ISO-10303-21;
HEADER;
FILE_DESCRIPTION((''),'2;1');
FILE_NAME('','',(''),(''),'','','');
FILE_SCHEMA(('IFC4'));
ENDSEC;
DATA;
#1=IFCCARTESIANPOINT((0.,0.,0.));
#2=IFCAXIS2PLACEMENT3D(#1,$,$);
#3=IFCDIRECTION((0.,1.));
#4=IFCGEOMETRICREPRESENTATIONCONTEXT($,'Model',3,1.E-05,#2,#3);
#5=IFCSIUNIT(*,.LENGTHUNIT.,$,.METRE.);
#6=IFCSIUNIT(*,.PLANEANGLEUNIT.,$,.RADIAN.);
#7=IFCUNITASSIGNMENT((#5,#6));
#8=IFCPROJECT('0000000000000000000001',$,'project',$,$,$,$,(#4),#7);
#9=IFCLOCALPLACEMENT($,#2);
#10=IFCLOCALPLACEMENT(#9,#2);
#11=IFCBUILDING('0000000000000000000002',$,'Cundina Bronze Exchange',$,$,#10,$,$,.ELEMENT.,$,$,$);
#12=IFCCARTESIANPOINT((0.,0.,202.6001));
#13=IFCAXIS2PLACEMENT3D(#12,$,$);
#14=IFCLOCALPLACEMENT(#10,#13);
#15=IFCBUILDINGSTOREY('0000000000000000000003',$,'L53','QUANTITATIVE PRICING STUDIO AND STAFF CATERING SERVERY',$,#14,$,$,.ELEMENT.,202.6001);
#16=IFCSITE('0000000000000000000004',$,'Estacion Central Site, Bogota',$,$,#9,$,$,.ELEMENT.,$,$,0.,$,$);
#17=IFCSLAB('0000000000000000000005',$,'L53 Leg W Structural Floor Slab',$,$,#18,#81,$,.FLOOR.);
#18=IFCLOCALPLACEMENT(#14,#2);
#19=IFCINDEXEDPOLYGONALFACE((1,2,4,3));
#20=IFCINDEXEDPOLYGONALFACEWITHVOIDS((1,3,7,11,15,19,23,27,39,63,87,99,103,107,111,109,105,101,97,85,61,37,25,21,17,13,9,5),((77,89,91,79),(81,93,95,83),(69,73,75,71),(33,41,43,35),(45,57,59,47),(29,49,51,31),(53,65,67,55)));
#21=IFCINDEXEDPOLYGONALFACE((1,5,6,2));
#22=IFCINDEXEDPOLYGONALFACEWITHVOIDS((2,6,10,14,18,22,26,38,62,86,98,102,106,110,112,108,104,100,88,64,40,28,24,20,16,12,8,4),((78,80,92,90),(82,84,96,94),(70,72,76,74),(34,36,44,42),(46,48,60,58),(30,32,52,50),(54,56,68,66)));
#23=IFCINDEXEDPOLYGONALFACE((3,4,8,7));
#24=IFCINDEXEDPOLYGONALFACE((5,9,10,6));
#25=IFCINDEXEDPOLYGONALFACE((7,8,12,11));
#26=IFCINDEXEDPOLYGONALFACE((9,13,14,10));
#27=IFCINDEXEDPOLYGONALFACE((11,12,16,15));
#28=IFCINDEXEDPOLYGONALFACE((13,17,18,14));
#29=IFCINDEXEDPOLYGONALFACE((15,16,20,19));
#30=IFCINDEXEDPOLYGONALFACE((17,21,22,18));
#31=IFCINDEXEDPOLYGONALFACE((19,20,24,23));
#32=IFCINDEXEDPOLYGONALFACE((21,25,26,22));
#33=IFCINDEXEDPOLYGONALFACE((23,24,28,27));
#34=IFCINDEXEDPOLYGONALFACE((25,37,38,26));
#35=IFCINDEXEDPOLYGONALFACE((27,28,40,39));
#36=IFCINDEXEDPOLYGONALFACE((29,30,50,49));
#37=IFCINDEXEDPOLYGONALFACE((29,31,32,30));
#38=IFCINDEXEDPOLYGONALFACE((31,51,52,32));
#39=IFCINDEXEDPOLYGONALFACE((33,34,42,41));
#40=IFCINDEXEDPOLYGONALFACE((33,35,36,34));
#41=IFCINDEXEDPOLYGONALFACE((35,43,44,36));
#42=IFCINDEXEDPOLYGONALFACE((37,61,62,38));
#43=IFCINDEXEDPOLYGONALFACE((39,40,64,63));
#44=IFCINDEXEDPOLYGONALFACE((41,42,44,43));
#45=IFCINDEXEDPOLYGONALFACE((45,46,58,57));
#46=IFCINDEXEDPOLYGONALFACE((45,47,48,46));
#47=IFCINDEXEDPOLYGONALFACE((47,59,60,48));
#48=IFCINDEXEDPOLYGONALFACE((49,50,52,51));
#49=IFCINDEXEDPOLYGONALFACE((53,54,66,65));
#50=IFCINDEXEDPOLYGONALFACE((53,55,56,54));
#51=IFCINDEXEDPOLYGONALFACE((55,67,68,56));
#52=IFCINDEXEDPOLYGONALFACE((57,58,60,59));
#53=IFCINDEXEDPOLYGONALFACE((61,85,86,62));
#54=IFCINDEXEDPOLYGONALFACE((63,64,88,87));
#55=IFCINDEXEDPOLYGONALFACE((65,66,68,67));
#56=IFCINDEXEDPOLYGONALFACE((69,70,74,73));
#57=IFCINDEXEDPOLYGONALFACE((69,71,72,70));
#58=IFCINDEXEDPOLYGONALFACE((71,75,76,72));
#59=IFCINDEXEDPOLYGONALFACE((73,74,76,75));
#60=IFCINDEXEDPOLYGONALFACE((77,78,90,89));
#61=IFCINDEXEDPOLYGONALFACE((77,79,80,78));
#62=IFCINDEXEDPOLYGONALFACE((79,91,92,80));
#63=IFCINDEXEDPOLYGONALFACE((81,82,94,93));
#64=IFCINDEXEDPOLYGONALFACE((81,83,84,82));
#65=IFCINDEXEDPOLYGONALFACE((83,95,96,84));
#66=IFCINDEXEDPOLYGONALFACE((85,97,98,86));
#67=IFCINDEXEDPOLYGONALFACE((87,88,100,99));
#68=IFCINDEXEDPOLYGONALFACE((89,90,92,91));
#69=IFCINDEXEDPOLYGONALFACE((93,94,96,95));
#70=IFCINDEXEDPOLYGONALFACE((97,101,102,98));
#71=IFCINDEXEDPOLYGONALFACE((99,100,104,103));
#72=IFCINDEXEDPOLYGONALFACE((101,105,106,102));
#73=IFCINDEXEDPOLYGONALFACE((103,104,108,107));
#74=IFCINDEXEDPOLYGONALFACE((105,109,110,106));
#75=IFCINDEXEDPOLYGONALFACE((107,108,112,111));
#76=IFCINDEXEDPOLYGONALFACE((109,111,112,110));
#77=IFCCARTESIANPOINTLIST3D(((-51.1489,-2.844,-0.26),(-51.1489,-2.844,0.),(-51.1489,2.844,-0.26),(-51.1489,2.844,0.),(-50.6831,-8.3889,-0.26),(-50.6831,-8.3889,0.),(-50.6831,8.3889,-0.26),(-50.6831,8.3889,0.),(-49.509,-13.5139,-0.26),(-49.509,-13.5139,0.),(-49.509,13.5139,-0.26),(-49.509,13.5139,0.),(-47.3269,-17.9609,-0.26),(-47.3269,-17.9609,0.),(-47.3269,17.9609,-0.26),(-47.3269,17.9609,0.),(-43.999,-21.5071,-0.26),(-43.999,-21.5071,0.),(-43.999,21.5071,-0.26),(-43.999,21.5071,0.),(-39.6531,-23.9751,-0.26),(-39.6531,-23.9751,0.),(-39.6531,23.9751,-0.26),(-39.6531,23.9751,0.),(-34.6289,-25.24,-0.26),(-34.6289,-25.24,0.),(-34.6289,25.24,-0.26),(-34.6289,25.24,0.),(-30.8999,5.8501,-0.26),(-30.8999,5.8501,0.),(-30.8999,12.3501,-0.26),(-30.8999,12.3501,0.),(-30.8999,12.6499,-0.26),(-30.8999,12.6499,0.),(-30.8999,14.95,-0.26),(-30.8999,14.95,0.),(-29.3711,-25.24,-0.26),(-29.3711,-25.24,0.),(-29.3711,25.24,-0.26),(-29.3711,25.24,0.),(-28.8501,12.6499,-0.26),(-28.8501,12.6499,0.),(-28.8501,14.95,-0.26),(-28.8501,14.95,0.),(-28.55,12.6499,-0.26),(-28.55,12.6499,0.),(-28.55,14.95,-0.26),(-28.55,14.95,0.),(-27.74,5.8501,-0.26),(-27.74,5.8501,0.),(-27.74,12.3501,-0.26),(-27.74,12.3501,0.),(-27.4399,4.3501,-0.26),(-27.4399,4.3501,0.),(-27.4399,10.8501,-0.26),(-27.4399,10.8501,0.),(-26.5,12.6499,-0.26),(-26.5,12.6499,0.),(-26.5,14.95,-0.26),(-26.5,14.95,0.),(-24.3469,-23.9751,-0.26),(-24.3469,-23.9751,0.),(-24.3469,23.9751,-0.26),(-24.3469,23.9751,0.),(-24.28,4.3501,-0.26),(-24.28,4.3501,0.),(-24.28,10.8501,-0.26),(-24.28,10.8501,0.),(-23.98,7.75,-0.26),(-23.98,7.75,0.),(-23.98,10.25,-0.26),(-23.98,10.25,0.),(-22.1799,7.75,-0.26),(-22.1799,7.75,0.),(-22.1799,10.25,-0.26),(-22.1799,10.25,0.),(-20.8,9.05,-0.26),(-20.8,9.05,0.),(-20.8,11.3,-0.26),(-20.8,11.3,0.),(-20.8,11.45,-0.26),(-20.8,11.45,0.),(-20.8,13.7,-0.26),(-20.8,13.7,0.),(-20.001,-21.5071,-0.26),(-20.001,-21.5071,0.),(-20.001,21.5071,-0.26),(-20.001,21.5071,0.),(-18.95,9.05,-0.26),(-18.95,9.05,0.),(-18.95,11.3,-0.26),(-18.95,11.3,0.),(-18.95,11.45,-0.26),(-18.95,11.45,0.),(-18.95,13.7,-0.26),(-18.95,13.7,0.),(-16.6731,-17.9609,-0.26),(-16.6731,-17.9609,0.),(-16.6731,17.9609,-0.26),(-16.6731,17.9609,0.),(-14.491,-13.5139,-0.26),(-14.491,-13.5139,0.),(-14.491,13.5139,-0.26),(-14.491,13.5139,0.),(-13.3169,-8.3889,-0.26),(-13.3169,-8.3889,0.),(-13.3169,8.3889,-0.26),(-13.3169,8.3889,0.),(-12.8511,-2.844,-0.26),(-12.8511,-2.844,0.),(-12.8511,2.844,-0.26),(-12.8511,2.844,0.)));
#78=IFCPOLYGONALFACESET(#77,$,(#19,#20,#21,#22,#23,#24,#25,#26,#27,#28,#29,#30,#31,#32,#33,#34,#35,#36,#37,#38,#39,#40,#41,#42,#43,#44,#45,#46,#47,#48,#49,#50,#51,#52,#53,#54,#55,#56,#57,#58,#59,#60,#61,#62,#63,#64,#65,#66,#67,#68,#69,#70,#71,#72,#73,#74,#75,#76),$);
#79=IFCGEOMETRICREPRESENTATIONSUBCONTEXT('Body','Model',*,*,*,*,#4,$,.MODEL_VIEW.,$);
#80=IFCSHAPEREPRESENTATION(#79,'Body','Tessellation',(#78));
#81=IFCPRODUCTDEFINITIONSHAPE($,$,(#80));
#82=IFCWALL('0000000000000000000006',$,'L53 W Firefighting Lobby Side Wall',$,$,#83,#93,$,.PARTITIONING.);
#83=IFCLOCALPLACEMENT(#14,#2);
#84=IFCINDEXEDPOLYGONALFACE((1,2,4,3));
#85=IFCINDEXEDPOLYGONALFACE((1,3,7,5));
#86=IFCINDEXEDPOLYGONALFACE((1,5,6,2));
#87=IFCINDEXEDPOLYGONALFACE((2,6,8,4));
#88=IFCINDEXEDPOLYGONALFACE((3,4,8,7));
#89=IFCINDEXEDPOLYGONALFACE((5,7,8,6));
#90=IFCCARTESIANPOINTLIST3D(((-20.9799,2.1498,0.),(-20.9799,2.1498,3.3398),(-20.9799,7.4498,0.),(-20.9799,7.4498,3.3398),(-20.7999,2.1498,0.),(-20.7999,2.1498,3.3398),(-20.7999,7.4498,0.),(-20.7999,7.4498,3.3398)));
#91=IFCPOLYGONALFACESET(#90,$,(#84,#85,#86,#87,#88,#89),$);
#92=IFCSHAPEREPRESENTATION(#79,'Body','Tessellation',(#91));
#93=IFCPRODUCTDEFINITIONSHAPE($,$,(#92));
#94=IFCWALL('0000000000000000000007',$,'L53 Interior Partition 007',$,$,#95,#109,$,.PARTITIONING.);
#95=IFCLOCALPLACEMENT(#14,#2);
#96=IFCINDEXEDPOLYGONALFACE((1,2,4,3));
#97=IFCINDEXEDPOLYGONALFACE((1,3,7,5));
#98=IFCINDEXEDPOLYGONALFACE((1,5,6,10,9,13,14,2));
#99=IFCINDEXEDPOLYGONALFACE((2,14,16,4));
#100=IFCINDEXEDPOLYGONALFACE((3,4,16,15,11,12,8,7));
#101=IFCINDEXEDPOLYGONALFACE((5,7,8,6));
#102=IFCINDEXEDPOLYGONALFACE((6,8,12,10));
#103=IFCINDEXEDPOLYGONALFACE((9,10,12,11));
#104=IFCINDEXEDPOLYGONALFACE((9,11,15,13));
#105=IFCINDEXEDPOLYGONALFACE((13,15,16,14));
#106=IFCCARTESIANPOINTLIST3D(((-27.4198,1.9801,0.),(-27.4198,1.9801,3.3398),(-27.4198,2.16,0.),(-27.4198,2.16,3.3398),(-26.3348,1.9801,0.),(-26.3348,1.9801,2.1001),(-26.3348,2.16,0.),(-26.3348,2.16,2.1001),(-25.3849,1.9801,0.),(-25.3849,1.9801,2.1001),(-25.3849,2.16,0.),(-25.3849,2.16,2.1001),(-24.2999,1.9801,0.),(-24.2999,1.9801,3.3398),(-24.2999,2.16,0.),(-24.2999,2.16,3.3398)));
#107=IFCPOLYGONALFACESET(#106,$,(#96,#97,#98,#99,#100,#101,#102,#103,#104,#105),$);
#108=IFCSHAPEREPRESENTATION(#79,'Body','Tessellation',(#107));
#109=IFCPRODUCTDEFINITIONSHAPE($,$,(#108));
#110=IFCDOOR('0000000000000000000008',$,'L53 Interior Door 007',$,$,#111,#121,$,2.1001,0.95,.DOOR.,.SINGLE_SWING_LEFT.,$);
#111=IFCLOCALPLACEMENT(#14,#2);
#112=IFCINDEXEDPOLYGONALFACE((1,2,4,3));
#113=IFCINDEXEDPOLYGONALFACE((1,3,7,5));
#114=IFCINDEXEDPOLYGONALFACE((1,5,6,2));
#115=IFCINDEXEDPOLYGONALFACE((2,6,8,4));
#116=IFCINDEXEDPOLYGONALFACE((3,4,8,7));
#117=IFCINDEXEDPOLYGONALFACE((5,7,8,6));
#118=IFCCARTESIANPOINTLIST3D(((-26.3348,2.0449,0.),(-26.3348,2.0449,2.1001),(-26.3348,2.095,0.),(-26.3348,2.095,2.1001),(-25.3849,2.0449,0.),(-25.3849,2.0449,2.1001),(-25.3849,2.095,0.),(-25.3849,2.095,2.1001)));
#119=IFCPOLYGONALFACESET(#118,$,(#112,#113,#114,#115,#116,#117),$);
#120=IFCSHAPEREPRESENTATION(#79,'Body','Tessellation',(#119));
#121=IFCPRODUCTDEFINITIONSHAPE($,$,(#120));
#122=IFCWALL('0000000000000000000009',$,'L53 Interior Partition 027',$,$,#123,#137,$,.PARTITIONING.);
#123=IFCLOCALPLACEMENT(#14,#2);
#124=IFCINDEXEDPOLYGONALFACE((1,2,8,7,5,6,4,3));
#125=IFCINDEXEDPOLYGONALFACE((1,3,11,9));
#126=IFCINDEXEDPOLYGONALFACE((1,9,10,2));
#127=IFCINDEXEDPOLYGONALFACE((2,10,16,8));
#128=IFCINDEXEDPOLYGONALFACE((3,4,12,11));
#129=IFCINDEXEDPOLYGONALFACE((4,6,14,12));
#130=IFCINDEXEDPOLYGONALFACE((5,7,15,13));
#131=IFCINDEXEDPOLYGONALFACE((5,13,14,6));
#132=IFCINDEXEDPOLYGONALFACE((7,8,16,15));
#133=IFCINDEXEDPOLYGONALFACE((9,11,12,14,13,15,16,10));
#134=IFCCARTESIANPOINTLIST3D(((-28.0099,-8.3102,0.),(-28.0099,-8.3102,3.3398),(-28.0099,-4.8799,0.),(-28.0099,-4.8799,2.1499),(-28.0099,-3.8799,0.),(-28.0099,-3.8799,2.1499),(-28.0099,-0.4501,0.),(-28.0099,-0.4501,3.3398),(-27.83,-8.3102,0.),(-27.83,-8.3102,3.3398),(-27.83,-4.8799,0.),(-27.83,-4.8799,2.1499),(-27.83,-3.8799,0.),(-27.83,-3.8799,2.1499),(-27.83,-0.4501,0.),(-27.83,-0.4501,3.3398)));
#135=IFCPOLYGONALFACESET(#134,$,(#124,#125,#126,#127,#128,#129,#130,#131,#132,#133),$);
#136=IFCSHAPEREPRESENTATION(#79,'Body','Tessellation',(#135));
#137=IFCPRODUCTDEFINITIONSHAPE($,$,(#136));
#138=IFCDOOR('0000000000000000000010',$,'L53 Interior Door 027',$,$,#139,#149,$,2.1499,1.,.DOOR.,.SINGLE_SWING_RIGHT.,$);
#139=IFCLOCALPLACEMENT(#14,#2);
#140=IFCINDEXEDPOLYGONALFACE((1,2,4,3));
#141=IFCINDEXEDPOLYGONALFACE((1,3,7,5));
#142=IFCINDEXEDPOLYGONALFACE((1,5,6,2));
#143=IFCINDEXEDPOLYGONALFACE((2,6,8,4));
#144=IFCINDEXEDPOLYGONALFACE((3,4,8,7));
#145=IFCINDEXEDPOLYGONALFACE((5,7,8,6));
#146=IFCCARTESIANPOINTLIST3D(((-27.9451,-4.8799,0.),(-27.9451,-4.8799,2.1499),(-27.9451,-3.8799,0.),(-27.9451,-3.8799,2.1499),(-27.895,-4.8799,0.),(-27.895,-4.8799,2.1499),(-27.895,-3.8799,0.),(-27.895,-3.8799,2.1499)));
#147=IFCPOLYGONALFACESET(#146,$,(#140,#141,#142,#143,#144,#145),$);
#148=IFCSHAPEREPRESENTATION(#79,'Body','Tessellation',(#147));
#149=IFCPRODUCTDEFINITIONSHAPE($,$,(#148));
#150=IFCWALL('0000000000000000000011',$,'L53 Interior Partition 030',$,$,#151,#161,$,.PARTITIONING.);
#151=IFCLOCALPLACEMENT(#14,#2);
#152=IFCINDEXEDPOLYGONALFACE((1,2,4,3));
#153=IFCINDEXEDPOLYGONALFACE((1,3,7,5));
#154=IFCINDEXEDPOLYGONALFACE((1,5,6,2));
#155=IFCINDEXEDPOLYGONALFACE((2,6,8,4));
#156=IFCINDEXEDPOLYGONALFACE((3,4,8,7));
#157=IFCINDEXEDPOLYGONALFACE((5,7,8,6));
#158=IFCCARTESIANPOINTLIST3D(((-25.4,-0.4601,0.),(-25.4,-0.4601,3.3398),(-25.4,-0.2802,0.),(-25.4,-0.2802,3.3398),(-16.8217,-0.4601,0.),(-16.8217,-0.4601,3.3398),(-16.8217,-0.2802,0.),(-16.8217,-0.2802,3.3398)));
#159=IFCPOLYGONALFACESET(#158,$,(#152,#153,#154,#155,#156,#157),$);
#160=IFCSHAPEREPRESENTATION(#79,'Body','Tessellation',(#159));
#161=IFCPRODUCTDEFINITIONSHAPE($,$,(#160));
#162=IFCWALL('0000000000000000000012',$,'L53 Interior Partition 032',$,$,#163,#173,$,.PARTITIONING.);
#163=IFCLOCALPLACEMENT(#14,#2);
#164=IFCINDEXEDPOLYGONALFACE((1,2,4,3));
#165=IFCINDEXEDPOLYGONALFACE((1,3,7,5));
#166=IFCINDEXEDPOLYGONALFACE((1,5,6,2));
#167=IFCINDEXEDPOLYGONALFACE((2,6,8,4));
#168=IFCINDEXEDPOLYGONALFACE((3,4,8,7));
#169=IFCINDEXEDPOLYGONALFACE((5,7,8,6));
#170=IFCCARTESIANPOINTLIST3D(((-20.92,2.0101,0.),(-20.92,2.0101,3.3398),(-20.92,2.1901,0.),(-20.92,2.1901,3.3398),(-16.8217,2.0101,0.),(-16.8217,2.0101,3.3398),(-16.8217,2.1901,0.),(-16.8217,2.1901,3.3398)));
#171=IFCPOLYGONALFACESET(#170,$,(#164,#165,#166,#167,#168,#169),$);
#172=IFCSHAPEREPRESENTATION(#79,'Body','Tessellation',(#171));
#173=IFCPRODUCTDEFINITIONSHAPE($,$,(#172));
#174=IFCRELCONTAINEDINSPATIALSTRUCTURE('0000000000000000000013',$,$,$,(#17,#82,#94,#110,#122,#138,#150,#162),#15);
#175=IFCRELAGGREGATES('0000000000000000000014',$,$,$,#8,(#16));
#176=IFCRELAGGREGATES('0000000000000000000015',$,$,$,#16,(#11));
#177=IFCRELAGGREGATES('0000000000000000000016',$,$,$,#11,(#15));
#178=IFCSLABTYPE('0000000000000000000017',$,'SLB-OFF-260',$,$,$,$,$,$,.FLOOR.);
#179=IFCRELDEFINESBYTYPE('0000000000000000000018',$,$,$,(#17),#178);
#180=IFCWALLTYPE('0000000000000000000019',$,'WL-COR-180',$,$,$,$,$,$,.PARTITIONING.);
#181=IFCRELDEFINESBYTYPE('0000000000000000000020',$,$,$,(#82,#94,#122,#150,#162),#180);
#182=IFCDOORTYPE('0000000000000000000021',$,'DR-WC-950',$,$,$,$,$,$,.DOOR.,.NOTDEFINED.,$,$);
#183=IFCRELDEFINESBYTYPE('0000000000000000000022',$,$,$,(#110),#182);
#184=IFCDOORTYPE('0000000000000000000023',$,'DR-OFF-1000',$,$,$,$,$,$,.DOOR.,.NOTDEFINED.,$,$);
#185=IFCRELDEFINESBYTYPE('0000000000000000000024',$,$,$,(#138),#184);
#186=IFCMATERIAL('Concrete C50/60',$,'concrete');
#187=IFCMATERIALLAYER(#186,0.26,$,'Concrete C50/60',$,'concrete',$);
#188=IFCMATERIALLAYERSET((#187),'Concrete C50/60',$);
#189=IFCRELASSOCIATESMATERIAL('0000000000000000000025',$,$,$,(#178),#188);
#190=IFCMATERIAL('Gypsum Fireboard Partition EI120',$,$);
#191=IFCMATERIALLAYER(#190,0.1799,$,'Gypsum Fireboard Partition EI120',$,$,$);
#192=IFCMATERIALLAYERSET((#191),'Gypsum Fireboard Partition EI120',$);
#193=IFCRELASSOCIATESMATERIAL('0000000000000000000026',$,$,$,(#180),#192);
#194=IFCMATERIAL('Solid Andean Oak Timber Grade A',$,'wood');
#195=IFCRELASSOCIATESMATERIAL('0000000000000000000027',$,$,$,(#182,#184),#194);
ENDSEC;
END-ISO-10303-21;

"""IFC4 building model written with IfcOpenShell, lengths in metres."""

from ifc_helpers import new_model, si_unit, direction, frame, frame_2d, origin, place, context, subcontext, project, spatial, polyline, rectangle, outline, extrude, material, layer, layer_set, type_object, element, fill, save


model = new_model("IFC4")

# Units and contexts
model_context = context("Model", 3, precision=1e-05, world=origin(), true_north=direction((0.0, 1.0)))
body_context = subcontext(model_context, "Body", "Model", "MODEL_VIEW")
ifc_project = project(units=[si_unit("LENGTHUNIT", "METRE"), si_unit("PLANEANGLEUNIT", "RADIAN")], contexts=[model_context])

# Site, building, storey
site_placement = place(None, origin())
site = spatial("IfcSite", under=ifc_project, at=site_placement, Name="Estacion Central Site, Bogota", CompositionType="ELEMENT", RefElevation=0.0)
building_placement = place(site_placement, origin())
building = spatial("IfcBuilding", under=site, at=building_placement, Name="Cundina Bronze Exchange", CompositionType="ELEMENT")
storey_placement = place(building_placement, frame((0.0, 0.0, 202.6001)))
storey = spatial("IfcBuildingStorey", under=building, at=storey_placement, Name="L53", Description="QUANTITATIVE PRICING STUDIO AND STAFF CATERING SERVERY", CompositionType="ELEMENT", Elevation=202.6001)

# Shared definitions
ifc_material_1 = material(Name="Concrete C50/60", Category="concrete")

# Slab
ifc_layer_1 = layer(ifc_material_1, 0.26, Name="Concrete C50/60", Category="concrete")
ifc_layer_set_1 = layer_set([ifc_layer_1], Name="Concrete C50/60")
slab_type = type_object("IfcSlabType", Name="SLB-OFF-260", PredefinedType="FLOOR", material=ifc_layer_set_1)
slab_placement = place(storey_placement, frame((0.0, 0.0, -0.26)))
element("IfcSlab", 1, at=slab_placement, inside=storey, type_object=slab_type, Name="L53 Leg W Structural Floor Slab", PredefinedType="FLOOR", context=body_context, shape_type="SweptSolid", body=[
    extrude(outline(polyline([(-12.8511, 2.844), (-13.3169, 8.3889), (-14.491, 13.5139), (-16.6731, 17.9609), (-20.001, 21.5071), (-24.3469, 23.9751), (-29.3711, 25.24), (-34.6289, 25.24), (-39.6531, 23.9751), (-43.999, 21.5071), (-47.3269, 17.9609), (-49.509, 13.5139), (-50.6831, 8.3889), (-51.1489, 2.844), (-51.1489, -2.844), (-50.6831, -8.3889), (-49.509, -13.5139), (-47.3269, -17.9609), (-43.999, -21.5071), (-39.6531, -23.9751), (-34.6289, -25.24), (-29.3711, -25.24), (-24.3469, -23.9751), (-20.001, -21.5071), (-16.6731, -17.9609), (-14.491, -13.5139), (-13.3169, -8.3889), (-12.8511, -2.844), (-12.8511, 2.844)]), holes=[polyline([(-27.74, 5.8501), (-27.74, 12.3501), (-30.8999, 12.3501), (-30.8999, 5.8501), (-27.74, 5.8501)]), polyline([(-27.4399, 10.8501), (-27.4399, 4.3501), (-24.28, 4.3501), (-24.28, 10.8501), (-27.4399, 10.8501)]), polyline([(-23.98, 10.25), (-22.1799, 10.25), (-22.1799, 7.75), (-23.98, 7.75), (-23.98, 10.25)]), polyline([(-30.8999, 14.95), (-28.8501, 14.95), (-28.8501, 12.6499), (-30.8999, 12.6499), (-30.8999, 14.95)]), polyline([(-28.55, 14.95), (-26.5, 14.95), (-26.5, 12.6499), (-28.55, 12.6499), (-28.55, 14.95)]), polyline([(-20.8, 13.7), (-18.95, 13.7), (-18.95, 11.45), (-20.8, 11.45), (-20.8, 13.7)]), polyline([(-20.8, 11.3), (-18.95, 11.3), (-18.95, 9.05), (-20.8, 9.05), (-20.8, 11.3)])]), origin(), (0.0, 0.0, 1.0), 0.26),
])

# Wall
ifc_material_2 = material(Name="Gypsum Fireboard Partition EI120")
ifc_layer_2 = layer(ifc_material_2, 0.1799, Name="Gypsum Fireboard Partition EI120")
ifc_layer_set_2 = layer_set([ifc_layer_2], Name="Gypsum Fireboard Partition EI120")
wall_type_1 = type_object("IfcWallType", Name="WL-COR-180", PredefinedType="PARTITIONING", material=ifc_layer_set_2)
wall_1_placement = place(storey_placement, frame((-20.8899, 2.1499, 0.0), z_axis=(0.0, 0.0, 1.0), x_axis=(0.0, 1.0, 0.0)))
element("IfcWall", 2, at=wall_1_placement, inside=storey, type_object=wall_type_1, Name="L53 W Firefighting Lobby Side Wall", PredefinedType="PARTITIONING", context=body_context, shape_type="SweptSolid", body=[
    extrude(rectangle(XDim=5.3, YDim=0.1799, at=frame_2d((2.6499, 0.0))), origin(), (0.0, 0.0, 1.0), 3.3398),
])

# Walls, openings, doors
wall_2_placement = place(storey_placement, frame((-27.4199, 2.0701, 0.0), z_axis=(0.0, 0.0, 1.0), x_axis=(1.0, 0.0, 0.0)))
wall_2 = element("IfcWall", 3, at=wall_2_placement, inside=storey, type_object=wall_type_1, Name="L53 Interior Partition 007", PredefinedType="PARTITIONING", context=body_context, shape_type="SweptSolid", body=[
    extrude(rectangle(XDim=3.1199, YDim=0.1799, at=frame_2d((1.5601, 0.0))), origin(), (0.0, 0.0, 1.0), 3.3398),
])
opening_1_placement = place(wall_2_placement, frame((1.085, 0.0, 0.0)))
opening_1 = element("IfcOpeningElement", 4, at=opening_1_placement, cuts=wall_2, PredefinedType="OPENING", context=body_context, shape_type="SweptSolid", body=[
    extrude(rectangle(XDim=0.95, YDim=2.1001, at=frame_2d((0.4751, 1.05))), frame((0.0, 0.0999, 0.0), z_axis=(0.0, -1.0, 0.0), x_axis=(1.0, 0.0, 0.0)), (0.0, 0.0, 1.0), 0.2),
])
ifc_material_3 = material(Name="Solid Andean Oak Timber Grade A", Category="wood")
door_type_1 = type_object("IfcDoorType", Name="DR-WC-950", OperationType="NOTDEFINED", PredefinedType="DOOR", material=ifc_material_3)
door_1_placement = place(opening_1_placement, origin())
door_1 = element("IfcDoor", 5, at=door_1_placement, inside=storey, type_object=door_type_1, Name="L53 Interior Door 007", OperationType="SINGLE_SWING_LEFT", OverallHeight=2.1001, OverallWidth=0.95, PredefinedType="DOOR", context=body_context, shape_type="SweptSolid", body=[
    extrude(rectangle(XDim=0.95, YDim=2.1001, at=frame_2d((0.4751, 1.05))), frame((0.0, 0.0249, 0.0), z_axis=(0.0, -1.0, 0.0), x_axis=(1.0, 0.0, 0.0)), (0.0, 0.0, 1.0), 0.05),
])
fill(opening_1, door_1)
wall_3_placement = place(storey_placement, frame((-27.9199, -0.45, 0.0), z_axis=(0.0, 0.0, 1.0), x_axis=(0.0, -1.0, 0.0)))
wall_3 = element("IfcWall", 6, at=wall_3_placement, inside=storey, type_object=wall_type_1, Name="L53 Interior Partition 027", PredefinedType="PARTITIONING", context=body_context, shape_type="SweptSolid", body=[
    extrude(rectangle(XDim=7.8601, YDim=0.1799, at=frame_2d((3.9302, 0.0))), origin(), (0.0, 0.0, 1.0), 3.3398),
])
opening_2_placement = place(wall_3_placement, frame((3.4299, 0.0, 0.0)))
opening_2 = element("IfcOpeningElement", 7, at=opening_2_placement, cuts=wall_3, PredefinedType="OPENING", context=body_context, shape_type="SweptSolid", body=[
    extrude(rectangle(XDim=1.0, YDim=2.1499, at=frame_2d((0.5, 1.075))), frame((0.0, 0.0999, 0.0), z_axis=(0.0, -1.0, 0.0), x_axis=(1.0, 0.0, 0.0)), (0.0, 0.0, 1.0), 0.2),
])
door_type_2 = type_object("IfcDoorType", Name="DR-OFF-1000", OperationType="NOTDEFINED", PredefinedType="DOOR", material=ifc_material_3)
door_2_placement = place(opening_2_placement, origin())
door_2 = element("IfcDoor", 8, at=door_2_placement, inside=storey, type_object=door_type_2, Name="L53 Interior Door 027", OperationType="SINGLE_SWING_RIGHT", OverallHeight=2.1499, OverallWidth=1.0, PredefinedType="DOOR", context=body_context, shape_type="SweptSolid", body=[
    extrude(rectangle(XDim=1.0, YDim=2.1499, at=frame_2d((0.5, 1.075))), frame((0.0, 0.0249, 0.0), z_axis=(0.0, -1.0, 0.0), x_axis=(1.0, 0.0, 0.0)), (0.0, 0.0, 1.0), 0.05),
])
fill(opening_2, door_2)

# Walls
wall_4_placement = place(storey_placement, frame((-25.3999, -0.3701, 0.0), z_axis=(0.0, 0.0, 1.0), x_axis=(1.0, 0.0, 0.0)))
element("IfcWall", 9, at=wall_4_placement, inside=storey, type_object=wall_type_1, Name="L53 Interior Partition 030", PredefinedType="PARTITIONING", context=body_context, shape_type="SweptSolid", body=[
    extrude(rectangle(XDim=8.5784, YDim=0.1799, at=frame_2d((4.2891, 0.0))), origin(), (0.0, 0.0, 1.0), 3.3398),
])
wall_5_placement = place(storey_placement, frame((-16.8215, 2.1001, 0.0), z_axis=(0.0, 0.0, 1.0), x_axis=(-1.0, 0.0, 0.0)))
element("IfcWall", 10, at=wall_5_placement, inside=storey, type_object=wall_type_1, Name="L53 Interior Partition 032", PredefinedType="PARTITIONING", context=body_context, shape_type="SweptSolid", body=[
    extrude(rectangle(XDim=4.0984, YDim=0.1799, at=frame_2d((2.0493, 0.0))), origin(), (0.0, 0.0, 1.0), 3.3398),
])

save(model, "model.ifc")
